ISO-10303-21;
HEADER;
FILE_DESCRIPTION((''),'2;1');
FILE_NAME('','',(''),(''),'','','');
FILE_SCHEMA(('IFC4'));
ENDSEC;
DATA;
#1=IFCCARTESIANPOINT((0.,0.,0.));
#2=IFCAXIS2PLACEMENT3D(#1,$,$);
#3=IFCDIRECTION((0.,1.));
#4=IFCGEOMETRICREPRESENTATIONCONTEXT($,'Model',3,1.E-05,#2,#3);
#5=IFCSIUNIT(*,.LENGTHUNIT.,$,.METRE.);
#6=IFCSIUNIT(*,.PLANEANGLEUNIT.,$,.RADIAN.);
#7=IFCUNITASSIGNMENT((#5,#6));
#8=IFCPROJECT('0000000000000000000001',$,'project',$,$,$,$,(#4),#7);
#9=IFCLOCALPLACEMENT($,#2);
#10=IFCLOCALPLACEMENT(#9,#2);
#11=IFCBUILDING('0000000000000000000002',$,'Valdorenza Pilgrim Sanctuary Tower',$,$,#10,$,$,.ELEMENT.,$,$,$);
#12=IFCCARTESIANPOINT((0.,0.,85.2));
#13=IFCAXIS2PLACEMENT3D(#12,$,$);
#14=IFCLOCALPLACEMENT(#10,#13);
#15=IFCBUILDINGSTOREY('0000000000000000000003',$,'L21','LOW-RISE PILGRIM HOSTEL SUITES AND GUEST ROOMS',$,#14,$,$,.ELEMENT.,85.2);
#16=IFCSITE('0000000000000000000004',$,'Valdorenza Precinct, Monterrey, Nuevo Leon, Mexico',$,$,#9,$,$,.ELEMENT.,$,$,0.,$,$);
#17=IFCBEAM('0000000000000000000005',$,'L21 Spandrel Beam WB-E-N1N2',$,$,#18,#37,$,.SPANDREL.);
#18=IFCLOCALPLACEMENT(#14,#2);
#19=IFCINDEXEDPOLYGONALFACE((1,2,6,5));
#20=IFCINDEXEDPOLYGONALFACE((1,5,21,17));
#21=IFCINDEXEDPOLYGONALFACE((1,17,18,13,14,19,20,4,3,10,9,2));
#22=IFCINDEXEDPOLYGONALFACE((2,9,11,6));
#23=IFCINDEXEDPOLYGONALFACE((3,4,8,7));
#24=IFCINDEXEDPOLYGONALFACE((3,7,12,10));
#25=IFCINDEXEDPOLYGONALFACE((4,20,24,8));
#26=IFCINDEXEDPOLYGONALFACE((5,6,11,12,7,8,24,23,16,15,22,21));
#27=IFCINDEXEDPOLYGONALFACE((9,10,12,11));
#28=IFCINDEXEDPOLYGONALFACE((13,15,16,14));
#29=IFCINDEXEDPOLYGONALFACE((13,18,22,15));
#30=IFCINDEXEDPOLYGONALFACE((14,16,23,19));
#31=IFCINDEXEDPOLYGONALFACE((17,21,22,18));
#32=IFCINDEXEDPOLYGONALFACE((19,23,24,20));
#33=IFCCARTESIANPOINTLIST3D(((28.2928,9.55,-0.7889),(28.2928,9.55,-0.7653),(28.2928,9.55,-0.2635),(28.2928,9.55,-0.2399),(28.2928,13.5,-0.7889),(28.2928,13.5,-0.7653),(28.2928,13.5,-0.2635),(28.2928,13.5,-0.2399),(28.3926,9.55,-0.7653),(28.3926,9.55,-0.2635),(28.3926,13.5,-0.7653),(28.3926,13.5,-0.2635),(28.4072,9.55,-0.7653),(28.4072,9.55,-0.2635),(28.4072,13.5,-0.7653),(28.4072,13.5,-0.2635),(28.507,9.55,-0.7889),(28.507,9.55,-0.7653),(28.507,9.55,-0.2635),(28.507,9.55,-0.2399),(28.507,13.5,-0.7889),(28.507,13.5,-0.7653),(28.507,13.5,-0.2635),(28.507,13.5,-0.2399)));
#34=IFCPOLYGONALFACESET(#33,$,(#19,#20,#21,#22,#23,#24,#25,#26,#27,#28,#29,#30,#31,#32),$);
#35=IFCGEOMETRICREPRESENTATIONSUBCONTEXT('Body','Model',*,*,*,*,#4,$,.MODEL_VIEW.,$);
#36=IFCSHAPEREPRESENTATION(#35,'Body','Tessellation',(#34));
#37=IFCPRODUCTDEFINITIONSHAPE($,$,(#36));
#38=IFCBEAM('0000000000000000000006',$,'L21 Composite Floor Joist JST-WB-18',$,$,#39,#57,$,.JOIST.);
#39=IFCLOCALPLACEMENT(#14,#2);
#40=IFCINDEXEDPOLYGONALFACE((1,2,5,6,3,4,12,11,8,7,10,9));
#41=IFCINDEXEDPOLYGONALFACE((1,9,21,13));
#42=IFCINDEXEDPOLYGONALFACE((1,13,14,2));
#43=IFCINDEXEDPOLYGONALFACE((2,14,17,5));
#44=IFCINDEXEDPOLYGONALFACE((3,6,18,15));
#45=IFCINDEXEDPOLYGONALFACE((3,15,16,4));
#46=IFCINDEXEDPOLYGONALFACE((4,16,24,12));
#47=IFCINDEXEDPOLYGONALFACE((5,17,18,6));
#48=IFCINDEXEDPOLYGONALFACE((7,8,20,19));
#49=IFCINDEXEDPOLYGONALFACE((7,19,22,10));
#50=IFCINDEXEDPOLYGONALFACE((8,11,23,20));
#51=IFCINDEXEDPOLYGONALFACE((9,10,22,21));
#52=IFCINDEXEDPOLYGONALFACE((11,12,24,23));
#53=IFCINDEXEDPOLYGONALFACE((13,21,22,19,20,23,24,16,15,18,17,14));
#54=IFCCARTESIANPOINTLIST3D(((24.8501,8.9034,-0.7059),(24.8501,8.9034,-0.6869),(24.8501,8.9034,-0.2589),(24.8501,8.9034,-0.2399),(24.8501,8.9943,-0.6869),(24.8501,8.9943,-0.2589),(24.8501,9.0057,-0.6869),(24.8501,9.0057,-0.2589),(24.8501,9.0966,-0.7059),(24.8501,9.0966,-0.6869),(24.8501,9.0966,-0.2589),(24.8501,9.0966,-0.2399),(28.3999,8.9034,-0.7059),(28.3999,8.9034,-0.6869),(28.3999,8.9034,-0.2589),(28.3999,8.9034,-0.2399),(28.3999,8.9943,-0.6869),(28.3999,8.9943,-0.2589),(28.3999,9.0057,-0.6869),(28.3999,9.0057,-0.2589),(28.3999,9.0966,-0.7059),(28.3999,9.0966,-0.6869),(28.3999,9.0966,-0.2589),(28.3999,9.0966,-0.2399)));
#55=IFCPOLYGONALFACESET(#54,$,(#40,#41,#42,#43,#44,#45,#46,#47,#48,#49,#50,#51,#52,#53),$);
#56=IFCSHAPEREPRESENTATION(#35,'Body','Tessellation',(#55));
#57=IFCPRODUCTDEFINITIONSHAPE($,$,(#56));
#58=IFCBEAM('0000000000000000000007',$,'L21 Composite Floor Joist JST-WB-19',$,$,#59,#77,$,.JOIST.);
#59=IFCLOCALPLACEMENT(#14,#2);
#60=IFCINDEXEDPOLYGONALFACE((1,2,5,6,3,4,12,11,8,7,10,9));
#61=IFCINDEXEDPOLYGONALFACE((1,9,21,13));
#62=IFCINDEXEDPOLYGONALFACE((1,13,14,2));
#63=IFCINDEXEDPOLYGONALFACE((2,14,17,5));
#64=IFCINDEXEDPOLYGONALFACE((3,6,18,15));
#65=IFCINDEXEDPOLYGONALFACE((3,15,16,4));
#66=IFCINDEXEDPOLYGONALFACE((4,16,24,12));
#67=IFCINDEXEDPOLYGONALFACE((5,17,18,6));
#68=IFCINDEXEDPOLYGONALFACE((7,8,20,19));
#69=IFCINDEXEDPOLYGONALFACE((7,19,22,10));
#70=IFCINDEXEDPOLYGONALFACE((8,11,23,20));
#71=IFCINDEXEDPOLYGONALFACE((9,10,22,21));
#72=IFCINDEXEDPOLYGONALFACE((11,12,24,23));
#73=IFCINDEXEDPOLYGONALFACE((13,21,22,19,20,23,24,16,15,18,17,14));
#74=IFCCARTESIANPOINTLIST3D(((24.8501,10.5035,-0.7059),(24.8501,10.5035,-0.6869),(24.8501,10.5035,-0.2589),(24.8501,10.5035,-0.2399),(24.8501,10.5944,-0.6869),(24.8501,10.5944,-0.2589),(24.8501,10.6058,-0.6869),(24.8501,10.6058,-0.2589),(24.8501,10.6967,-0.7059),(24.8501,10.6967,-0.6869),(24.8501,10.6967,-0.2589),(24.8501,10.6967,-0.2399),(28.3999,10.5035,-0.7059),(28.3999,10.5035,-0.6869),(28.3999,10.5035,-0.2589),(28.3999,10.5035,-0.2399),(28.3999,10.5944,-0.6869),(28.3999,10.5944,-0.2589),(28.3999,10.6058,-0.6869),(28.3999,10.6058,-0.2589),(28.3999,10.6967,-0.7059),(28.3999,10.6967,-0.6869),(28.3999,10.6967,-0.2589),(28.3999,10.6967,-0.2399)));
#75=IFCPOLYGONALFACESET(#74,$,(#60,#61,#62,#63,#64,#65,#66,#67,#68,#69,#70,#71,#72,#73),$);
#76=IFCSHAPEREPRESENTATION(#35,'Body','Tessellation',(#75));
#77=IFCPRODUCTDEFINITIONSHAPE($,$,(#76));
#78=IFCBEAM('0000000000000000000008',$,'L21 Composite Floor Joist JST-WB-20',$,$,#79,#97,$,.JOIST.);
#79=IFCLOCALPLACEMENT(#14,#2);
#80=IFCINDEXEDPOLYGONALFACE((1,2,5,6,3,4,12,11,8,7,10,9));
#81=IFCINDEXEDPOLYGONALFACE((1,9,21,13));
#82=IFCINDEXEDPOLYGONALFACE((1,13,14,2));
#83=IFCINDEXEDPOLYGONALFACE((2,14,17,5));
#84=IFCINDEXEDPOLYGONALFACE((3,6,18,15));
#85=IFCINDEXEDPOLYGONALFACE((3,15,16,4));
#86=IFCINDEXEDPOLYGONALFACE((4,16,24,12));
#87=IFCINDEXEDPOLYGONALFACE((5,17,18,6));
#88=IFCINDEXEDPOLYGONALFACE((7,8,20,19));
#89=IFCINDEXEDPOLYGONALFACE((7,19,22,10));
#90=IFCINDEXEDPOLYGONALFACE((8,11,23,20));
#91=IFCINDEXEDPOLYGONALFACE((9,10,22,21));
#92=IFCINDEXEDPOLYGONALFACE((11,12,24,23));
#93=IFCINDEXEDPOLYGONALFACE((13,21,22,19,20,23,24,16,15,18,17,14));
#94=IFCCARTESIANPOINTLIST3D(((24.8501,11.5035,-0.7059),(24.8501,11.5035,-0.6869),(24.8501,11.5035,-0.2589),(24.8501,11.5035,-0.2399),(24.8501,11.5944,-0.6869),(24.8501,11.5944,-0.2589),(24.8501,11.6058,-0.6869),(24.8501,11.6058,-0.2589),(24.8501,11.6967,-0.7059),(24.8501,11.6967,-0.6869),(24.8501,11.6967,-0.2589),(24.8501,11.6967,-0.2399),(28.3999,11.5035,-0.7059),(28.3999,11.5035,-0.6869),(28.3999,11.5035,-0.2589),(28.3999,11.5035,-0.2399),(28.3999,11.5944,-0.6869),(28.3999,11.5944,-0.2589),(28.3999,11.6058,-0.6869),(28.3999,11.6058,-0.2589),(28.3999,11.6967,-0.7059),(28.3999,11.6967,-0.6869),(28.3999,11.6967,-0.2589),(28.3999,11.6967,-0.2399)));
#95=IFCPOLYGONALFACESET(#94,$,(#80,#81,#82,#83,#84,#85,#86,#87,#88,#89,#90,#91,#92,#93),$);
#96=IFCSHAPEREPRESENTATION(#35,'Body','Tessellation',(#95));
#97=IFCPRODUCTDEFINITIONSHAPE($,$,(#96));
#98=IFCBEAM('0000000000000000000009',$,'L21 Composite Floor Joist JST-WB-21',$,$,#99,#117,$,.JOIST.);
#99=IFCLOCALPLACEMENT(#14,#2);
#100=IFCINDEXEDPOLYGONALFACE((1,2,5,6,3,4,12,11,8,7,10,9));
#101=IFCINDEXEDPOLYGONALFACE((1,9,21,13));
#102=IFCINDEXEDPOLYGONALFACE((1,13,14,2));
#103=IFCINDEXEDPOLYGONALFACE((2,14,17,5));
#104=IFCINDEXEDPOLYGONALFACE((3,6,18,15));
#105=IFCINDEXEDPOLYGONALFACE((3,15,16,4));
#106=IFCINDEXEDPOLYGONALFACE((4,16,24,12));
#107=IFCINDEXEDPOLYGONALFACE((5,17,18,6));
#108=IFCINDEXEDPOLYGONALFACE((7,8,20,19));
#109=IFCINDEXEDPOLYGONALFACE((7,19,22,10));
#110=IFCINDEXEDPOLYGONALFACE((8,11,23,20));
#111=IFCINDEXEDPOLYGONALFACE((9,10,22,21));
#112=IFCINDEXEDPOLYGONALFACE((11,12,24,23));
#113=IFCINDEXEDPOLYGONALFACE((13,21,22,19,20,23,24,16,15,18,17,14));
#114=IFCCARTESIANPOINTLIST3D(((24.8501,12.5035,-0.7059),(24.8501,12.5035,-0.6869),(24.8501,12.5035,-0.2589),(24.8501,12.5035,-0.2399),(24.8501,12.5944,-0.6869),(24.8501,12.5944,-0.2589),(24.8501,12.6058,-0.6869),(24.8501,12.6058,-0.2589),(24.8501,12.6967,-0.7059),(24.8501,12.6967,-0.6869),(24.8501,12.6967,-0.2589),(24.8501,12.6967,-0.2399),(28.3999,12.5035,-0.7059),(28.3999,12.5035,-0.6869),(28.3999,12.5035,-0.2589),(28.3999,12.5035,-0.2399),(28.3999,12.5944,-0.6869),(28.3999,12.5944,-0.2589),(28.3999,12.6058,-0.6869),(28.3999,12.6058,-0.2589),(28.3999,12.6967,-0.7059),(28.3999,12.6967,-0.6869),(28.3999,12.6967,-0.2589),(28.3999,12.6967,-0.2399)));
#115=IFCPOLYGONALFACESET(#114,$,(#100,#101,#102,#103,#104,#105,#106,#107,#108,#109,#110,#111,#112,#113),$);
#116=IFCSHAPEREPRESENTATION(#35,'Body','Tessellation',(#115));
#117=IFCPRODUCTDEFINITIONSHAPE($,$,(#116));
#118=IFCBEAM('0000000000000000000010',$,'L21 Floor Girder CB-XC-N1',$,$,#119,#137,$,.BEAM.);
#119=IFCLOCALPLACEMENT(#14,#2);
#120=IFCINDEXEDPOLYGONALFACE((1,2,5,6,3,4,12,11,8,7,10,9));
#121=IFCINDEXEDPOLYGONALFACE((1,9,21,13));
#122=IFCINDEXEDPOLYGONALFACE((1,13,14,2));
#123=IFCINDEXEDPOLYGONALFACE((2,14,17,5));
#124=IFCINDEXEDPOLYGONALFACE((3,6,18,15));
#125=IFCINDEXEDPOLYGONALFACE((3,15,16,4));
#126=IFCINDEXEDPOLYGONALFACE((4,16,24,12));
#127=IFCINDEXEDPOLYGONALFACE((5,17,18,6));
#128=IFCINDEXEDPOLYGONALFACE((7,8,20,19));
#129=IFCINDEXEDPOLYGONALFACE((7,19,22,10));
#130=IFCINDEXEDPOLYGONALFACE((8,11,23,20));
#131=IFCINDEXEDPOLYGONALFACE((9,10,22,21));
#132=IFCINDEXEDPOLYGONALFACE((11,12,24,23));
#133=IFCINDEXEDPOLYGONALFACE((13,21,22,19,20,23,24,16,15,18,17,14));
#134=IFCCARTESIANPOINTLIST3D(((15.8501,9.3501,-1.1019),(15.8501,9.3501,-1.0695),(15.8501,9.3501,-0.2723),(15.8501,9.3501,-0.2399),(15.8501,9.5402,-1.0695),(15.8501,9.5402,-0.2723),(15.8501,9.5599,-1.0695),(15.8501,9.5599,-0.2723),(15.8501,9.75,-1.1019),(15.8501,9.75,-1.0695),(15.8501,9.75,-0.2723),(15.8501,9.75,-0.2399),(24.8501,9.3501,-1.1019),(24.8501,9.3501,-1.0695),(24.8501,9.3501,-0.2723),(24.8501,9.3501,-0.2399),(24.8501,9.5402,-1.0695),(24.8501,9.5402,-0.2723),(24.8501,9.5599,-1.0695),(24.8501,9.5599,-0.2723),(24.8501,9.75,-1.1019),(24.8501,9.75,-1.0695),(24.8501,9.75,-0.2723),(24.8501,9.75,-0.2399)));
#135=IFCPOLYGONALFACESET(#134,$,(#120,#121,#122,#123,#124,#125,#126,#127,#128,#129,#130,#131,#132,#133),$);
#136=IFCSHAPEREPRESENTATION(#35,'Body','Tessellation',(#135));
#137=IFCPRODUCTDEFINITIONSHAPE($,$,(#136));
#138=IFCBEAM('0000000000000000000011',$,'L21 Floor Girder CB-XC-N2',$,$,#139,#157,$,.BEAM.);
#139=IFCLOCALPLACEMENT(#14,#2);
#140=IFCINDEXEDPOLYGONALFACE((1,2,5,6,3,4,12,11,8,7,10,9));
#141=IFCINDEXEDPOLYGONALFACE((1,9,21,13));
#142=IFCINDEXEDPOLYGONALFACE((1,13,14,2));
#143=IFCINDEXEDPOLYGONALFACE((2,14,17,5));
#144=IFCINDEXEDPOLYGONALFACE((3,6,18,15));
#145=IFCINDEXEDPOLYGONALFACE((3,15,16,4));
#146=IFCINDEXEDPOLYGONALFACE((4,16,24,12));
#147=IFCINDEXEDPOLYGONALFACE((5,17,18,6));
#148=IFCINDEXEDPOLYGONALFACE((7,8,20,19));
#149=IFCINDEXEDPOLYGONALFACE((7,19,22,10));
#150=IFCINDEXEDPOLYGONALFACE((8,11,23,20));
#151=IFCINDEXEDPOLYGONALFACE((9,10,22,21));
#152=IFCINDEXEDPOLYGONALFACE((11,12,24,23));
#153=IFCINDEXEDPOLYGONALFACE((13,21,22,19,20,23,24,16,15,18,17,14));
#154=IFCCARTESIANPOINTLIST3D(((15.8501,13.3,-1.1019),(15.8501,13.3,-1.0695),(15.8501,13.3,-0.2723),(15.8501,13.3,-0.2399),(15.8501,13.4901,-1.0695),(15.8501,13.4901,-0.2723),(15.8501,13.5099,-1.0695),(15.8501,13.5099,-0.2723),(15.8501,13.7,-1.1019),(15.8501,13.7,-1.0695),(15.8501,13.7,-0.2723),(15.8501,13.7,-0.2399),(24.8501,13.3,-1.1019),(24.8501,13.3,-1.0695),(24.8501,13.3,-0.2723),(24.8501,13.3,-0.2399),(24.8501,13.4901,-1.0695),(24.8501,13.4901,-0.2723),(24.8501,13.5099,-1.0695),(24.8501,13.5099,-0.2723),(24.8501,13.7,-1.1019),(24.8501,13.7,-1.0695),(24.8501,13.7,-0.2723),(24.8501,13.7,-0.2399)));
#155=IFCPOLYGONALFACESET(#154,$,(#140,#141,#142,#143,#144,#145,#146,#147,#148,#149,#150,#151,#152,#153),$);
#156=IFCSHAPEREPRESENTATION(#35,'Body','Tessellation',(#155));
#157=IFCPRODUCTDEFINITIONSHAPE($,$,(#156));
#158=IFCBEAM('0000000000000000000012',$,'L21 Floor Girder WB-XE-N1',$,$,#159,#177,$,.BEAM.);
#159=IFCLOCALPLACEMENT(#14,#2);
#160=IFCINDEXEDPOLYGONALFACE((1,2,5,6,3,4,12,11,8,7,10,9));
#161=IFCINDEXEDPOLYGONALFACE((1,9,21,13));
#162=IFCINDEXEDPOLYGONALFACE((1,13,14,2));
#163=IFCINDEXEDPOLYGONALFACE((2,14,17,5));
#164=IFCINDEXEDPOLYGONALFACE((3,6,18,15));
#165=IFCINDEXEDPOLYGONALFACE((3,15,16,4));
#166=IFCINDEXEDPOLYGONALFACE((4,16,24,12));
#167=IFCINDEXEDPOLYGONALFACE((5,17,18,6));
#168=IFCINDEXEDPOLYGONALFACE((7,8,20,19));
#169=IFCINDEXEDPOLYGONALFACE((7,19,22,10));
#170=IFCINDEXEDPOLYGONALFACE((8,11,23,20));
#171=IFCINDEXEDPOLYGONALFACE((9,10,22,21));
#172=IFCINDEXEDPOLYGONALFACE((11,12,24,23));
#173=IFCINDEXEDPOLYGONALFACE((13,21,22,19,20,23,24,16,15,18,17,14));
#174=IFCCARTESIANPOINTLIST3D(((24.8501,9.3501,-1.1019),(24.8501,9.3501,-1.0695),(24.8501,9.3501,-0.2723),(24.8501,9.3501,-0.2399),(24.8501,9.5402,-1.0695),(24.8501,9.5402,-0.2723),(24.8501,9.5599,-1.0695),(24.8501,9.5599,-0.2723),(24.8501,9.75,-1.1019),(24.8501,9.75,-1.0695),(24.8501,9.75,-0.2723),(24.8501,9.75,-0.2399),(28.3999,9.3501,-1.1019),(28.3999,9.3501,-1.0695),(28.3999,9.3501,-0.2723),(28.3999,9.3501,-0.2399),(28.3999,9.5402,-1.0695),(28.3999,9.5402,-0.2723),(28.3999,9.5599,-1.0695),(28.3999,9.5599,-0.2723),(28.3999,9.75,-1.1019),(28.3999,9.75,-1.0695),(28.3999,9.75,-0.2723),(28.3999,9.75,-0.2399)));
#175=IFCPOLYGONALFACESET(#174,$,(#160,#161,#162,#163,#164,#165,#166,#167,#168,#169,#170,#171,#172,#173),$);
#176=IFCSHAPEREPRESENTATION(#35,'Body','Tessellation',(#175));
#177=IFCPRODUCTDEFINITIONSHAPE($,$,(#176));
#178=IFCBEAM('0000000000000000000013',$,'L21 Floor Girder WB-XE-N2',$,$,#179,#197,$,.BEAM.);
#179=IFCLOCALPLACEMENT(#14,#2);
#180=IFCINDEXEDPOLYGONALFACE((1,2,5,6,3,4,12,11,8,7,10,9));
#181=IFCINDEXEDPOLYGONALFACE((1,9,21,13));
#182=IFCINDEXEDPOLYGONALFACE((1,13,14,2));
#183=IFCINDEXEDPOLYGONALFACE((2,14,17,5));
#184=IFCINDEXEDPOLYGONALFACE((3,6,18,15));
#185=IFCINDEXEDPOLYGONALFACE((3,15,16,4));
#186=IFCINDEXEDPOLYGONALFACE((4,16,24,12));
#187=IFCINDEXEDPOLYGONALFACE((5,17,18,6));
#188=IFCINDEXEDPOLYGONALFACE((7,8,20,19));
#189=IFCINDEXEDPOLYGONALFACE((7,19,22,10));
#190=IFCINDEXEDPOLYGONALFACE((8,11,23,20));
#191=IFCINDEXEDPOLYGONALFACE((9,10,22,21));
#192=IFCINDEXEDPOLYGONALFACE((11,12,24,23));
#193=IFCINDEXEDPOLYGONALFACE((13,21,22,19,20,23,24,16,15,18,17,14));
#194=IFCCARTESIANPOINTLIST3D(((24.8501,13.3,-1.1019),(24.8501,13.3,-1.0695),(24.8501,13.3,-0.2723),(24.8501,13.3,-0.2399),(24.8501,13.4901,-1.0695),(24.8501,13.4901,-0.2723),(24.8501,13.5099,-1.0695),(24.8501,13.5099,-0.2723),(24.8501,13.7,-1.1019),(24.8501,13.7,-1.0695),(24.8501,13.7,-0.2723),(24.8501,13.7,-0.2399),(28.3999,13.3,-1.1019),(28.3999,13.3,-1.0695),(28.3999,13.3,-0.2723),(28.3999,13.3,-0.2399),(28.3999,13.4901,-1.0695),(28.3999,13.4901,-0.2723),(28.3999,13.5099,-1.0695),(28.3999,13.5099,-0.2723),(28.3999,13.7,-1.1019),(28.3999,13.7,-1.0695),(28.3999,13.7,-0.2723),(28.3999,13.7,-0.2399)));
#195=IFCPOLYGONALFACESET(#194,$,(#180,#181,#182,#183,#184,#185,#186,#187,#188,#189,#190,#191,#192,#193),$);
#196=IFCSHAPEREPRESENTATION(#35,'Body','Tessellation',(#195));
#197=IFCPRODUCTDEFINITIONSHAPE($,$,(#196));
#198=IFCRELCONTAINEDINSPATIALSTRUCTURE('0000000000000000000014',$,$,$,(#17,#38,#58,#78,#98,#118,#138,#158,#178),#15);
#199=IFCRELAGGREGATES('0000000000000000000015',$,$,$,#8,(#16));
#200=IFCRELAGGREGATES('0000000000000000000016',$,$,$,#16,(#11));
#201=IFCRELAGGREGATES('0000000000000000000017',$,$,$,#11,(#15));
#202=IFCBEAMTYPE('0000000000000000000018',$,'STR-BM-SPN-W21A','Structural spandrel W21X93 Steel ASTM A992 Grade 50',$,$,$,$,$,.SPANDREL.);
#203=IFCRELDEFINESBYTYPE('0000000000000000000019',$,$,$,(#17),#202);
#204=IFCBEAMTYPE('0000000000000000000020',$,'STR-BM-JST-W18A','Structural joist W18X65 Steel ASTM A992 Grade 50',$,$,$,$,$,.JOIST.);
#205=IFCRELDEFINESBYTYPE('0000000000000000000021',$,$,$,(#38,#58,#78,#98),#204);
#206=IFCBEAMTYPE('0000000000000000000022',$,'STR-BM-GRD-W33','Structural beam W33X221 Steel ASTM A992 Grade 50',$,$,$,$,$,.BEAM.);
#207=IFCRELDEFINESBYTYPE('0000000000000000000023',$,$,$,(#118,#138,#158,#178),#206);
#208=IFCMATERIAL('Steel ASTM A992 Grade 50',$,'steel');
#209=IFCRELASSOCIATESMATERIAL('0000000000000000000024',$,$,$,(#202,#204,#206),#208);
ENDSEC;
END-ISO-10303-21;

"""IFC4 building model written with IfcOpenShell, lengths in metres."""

from ifc_helpers import new_model, si_unit, direction, frame, origin, origin_2d, place, context, subcontext, project, spatial, i_section, extrude, source, transform, mapped, material, material_profile, profile_set, type_object, element, save


model = new_model("IFC4")

# Units and contexts
model_context = context("Model", 3, precision=1e-05, world=origin(), true_north=direction((0.0, 1.0)))
body_context = subcontext(model_context, "Body", "Model", "MODEL_VIEW")
ifc_project = project(units=[si_unit("LENGTHUNIT", "METRE"), si_unit("PLANEANGLEUNIT", "RADIAN")], contexts=[model_context])

# Site, building, storey
site_placement = place(None, origin())
site = spatial("IfcSite", under=ifc_project, at=site_placement, Name="Valdorenza Precinct, Monterrey, Nuevo Leon, Mexico", CompositionType="ELEMENT", RefElevation=0.0)
building_placement = place(site_placement, origin())
building = spatial("IfcBuilding", under=site, at=building_placement, Name="Valdorenza Pilgrim Sanctuary Tower", CompositionType="ELEMENT")
storey_placement = place(building_placement, frame((0.0, 0.0, 85.2)))
storey = spatial("IfcBuildingStorey", under=building, at=storey_placement, Name="L21", Description="LOW-RISE PILGRIM HOSTEL SUITES AND GUEST ROOMS", CompositionType="ELEMENT", Elevation=85.2)

# Beams
ifc_material_1 = material(Name="Steel ASTM A992 Grade 50", Category="steel")
ifc_material_profile_1 = material_profile(ifc_material_1, i_section(OverallWidth=0.2141, OverallDepth=0.5491, WebThickness=0.0146, FlangeThickness=0.0237, at=origin_2d()), Name="W21X93")
ifc_profile_set_1 = profile_set([ifc_material_profile_1], Name="Steel ASTM A992 Grade 50")
beam_type_1 = type_object("IfcBeamType", Name="STR-BM-SPN-W21A", Description="Structural spandrel W21X93 Steel ASTM A992 Grade 50", PredefinedType="SPANDREL", material=ifc_profile_set_1)
shared_shape_1 = source(origin(), body_context, "Body", "SweptSolid", [
    extrude(i_section(OverallWidth=0.2141, OverallDepth=0.5491, WebThickness=0.0146, FlangeThickness=0.0237, at=origin_2d()), origin(), (0.0, 0.0, 1.0), 3.95),
])
beam_placement = place(storey_placement, frame((28.3999, 9.55, -0.5144), z_axis=(0.0, 1.0, 0.0), x_axis=(-1.0, 0.0, 0.0)))
element("IfcBeam", 1, at=beam_placement, inside=storey, type_object=beam_type_1, Name="L21 Spandrel Beam WB-E-N1N2", PredefinedType="SPANDREL", context=body_context, shape_type="MappedRepresentation", body=[
    mapped(shared_shape_1, transform((0.0, 0.0, 0.0), x_axis=(1.0, 0.0, 0.0), y_axis=(0.0, 1.0, 0.0), z_axis=(0.0, 0.0, 1.0), scale=1.0)),
])
ifc_material_profile_2 = material_profile(ifc_material_1, i_section(OverallWidth=0.1931, OverallDepth=0.4661, WebThickness=0.0115, FlangeThickness=0.019, at=origin_2d()), Name="W18X65")
ifc_profile_set_2 = profile_set([ifc_material_profile_2], Name="Steel ASTM A992 Grade 50")
beam_type_2 = type_object("IfcBeamType", Name="STR-BM-JST-W18A", Description="Structural joist W18X65 Steel ASTM A992 Grade 50", PredefinedType="JOIST", material=ifc_profile_set_2)
shared_shape_2 = source(origin(), body_context, "Body", "SweptSolid", [
    extrude(i_section(OverallWidth=0.1931, OverallDepth=0.4661, WebThickness=0.0115, FlangeThickness=0.019, at=origin_2d()), origin(), (0.0, 0.0, 1.0), 3.5498),
])
for number, where, z_axis, x_axis, name in (
    (2, (24.8501, 9.0, -0.4729), (1.0, 0.0, 0.0), (0.0, 1.0, 0.0), "L21 Composite Floor Joist JST-WB-18"),
    (3, (24.8501, 10.6001, -0.4729), (1.0, 0.0, 0.0), (0.0, 1.0, 0.0), "L21 Composite Floor Joist JST-WB-19"),
    (4, (24.8501, 11.6001, -0.4729), (1.0, 0.0, 0.0), (0.0, 1.0, 0.0), "L21 Composite Floor Joist JST-WB-20"),
    (5, (24.8501, 12.6001, -0.4729), (1.0, 0.0, 0.0), (0.0, 1.0, 0.0), "L21 Composite Floor Joist JST-WB-21"),
):
    element("IfcBeam", number, at=place(storey_placement, frame(where, z_axis=z_axis, x_axis=x_axis)), inside=storey, type_object=beam_type_2, Name=name, PredefinedType="JOIST", context=body_context, shape_type="MappedRepresentation", body=[
        mapped(shared_shape_2, transform((0.0, 0.0, 0.0), x_axis=(1.0, 0.0, 0.0), y_axis=(0.0, 1.0, 0.0), z_axis=(0.0, 0.0, 1.0), scale=1.0)),
    ])
ifc_material_profile_3 = material_profile(ifc_material_1, i_section(OverallWidth=0.3999, OverallDepth=0.8621, WebThickness=0.0198, FlangeThickness=0.0325, at=origin_2d()), Name="W33X221")
ifc_profile_set_3 = profile_set([ifc_material_profile_3], Name="Steel ASTM A992 Grade 50")
beam_type_3 = type_object("IfcBeamType", Name="STR-BM-GRD-W33", Description="Structural beam W33X221 Steel ASTM A992 Grade 50", PredefinedType="BEAM", material=ifc_profile_set_3)
shared_shape_3 = source(origin(), body_context, "Body", "SweptSolid", [
    extrude(i_section(OverallWidth=0.3999, OverallDepth=0.8621, WebThickness=0.0198, FlangeThickness=0.0325, at=origin_2d()), origin(), (0.0, 0.0, 1.0), 9.0),
])
for number, where, z_axis, x_axis, name in (
    (6, (15.8501, 9.55, -0.6709), (1.0, 0.0, 0.0), (0.0, 1.0, 0.0), "L21 Floor Girder CB-XC-N1"),
    (7, (15.8501, 13.5, -0.6709), (1.0, 0.0, 0.0), (0.0, 1.0, 0.0), "L21 Floor Girder CB-XC-N2"),
):
    element("IfcBeam", number, at=place(storey_placement, frame(where, z_axis=z_axis, x_axis=x_axis)), inside=storey, type_object=beam_type_3, Name=name, PredefinedType="BEAM", context=body_context, shape_type="MappedRepresentation", body=[
        mapped(shared_shape_3, transform((0.0, 0.0, 0.0), x_axis=(1.0, 0.0, 0.0), y_axis=(0.0, 1.0, 0.0), z_axis=(0.0, 0.0, 1.0), scale=1.0)),
    ])
shared_shape_4 = source(origin(), body_context, "Body", "SweptSolid", [
    extrude(i_section(OverallWidth=0.3999, OverallDepth=0.8621, WebThickness=0.0198, FlangeThickness=0.0325, at=origin_2d()), origin(), (0.0, 0.0, 1.0), 3.5498),
])
for number, where, z_axis, x_axis, name in (
    (8, (24.8501, 9.55, -0.6709), (1.0, 0.0, 0.0), (0.0, 1.0, 0.0), "L21 Floor Girder WB-XE-N1"),
    (9, (24.8501, 13.5, -0.6709), (1.0, 0.0, 0.0), (0.0, 1.0, 0.0), "L21 Floor Girder WB-XE-N2"),
):
    element("IfcBeam", number, at=place(storey_placement, frame(where, z_axis=z_axis, x_axis=x_axis)), inside=storey, type_object=beam_type_3, Name=name, PredefinedType="BEAM", context=body_context, shape_type="MappedRepresentation", body=[
        mapped(shared_shape_4, transform((0.0, 0.0, 0.0), x_axis=(1.0, 0.0, 0.0), y_axis=(0.0, 1.0, 0.0), z_axis=(0.0, 0.0, 1.0), scale=1.0)),
    ])

save(model, "model.ifc")
